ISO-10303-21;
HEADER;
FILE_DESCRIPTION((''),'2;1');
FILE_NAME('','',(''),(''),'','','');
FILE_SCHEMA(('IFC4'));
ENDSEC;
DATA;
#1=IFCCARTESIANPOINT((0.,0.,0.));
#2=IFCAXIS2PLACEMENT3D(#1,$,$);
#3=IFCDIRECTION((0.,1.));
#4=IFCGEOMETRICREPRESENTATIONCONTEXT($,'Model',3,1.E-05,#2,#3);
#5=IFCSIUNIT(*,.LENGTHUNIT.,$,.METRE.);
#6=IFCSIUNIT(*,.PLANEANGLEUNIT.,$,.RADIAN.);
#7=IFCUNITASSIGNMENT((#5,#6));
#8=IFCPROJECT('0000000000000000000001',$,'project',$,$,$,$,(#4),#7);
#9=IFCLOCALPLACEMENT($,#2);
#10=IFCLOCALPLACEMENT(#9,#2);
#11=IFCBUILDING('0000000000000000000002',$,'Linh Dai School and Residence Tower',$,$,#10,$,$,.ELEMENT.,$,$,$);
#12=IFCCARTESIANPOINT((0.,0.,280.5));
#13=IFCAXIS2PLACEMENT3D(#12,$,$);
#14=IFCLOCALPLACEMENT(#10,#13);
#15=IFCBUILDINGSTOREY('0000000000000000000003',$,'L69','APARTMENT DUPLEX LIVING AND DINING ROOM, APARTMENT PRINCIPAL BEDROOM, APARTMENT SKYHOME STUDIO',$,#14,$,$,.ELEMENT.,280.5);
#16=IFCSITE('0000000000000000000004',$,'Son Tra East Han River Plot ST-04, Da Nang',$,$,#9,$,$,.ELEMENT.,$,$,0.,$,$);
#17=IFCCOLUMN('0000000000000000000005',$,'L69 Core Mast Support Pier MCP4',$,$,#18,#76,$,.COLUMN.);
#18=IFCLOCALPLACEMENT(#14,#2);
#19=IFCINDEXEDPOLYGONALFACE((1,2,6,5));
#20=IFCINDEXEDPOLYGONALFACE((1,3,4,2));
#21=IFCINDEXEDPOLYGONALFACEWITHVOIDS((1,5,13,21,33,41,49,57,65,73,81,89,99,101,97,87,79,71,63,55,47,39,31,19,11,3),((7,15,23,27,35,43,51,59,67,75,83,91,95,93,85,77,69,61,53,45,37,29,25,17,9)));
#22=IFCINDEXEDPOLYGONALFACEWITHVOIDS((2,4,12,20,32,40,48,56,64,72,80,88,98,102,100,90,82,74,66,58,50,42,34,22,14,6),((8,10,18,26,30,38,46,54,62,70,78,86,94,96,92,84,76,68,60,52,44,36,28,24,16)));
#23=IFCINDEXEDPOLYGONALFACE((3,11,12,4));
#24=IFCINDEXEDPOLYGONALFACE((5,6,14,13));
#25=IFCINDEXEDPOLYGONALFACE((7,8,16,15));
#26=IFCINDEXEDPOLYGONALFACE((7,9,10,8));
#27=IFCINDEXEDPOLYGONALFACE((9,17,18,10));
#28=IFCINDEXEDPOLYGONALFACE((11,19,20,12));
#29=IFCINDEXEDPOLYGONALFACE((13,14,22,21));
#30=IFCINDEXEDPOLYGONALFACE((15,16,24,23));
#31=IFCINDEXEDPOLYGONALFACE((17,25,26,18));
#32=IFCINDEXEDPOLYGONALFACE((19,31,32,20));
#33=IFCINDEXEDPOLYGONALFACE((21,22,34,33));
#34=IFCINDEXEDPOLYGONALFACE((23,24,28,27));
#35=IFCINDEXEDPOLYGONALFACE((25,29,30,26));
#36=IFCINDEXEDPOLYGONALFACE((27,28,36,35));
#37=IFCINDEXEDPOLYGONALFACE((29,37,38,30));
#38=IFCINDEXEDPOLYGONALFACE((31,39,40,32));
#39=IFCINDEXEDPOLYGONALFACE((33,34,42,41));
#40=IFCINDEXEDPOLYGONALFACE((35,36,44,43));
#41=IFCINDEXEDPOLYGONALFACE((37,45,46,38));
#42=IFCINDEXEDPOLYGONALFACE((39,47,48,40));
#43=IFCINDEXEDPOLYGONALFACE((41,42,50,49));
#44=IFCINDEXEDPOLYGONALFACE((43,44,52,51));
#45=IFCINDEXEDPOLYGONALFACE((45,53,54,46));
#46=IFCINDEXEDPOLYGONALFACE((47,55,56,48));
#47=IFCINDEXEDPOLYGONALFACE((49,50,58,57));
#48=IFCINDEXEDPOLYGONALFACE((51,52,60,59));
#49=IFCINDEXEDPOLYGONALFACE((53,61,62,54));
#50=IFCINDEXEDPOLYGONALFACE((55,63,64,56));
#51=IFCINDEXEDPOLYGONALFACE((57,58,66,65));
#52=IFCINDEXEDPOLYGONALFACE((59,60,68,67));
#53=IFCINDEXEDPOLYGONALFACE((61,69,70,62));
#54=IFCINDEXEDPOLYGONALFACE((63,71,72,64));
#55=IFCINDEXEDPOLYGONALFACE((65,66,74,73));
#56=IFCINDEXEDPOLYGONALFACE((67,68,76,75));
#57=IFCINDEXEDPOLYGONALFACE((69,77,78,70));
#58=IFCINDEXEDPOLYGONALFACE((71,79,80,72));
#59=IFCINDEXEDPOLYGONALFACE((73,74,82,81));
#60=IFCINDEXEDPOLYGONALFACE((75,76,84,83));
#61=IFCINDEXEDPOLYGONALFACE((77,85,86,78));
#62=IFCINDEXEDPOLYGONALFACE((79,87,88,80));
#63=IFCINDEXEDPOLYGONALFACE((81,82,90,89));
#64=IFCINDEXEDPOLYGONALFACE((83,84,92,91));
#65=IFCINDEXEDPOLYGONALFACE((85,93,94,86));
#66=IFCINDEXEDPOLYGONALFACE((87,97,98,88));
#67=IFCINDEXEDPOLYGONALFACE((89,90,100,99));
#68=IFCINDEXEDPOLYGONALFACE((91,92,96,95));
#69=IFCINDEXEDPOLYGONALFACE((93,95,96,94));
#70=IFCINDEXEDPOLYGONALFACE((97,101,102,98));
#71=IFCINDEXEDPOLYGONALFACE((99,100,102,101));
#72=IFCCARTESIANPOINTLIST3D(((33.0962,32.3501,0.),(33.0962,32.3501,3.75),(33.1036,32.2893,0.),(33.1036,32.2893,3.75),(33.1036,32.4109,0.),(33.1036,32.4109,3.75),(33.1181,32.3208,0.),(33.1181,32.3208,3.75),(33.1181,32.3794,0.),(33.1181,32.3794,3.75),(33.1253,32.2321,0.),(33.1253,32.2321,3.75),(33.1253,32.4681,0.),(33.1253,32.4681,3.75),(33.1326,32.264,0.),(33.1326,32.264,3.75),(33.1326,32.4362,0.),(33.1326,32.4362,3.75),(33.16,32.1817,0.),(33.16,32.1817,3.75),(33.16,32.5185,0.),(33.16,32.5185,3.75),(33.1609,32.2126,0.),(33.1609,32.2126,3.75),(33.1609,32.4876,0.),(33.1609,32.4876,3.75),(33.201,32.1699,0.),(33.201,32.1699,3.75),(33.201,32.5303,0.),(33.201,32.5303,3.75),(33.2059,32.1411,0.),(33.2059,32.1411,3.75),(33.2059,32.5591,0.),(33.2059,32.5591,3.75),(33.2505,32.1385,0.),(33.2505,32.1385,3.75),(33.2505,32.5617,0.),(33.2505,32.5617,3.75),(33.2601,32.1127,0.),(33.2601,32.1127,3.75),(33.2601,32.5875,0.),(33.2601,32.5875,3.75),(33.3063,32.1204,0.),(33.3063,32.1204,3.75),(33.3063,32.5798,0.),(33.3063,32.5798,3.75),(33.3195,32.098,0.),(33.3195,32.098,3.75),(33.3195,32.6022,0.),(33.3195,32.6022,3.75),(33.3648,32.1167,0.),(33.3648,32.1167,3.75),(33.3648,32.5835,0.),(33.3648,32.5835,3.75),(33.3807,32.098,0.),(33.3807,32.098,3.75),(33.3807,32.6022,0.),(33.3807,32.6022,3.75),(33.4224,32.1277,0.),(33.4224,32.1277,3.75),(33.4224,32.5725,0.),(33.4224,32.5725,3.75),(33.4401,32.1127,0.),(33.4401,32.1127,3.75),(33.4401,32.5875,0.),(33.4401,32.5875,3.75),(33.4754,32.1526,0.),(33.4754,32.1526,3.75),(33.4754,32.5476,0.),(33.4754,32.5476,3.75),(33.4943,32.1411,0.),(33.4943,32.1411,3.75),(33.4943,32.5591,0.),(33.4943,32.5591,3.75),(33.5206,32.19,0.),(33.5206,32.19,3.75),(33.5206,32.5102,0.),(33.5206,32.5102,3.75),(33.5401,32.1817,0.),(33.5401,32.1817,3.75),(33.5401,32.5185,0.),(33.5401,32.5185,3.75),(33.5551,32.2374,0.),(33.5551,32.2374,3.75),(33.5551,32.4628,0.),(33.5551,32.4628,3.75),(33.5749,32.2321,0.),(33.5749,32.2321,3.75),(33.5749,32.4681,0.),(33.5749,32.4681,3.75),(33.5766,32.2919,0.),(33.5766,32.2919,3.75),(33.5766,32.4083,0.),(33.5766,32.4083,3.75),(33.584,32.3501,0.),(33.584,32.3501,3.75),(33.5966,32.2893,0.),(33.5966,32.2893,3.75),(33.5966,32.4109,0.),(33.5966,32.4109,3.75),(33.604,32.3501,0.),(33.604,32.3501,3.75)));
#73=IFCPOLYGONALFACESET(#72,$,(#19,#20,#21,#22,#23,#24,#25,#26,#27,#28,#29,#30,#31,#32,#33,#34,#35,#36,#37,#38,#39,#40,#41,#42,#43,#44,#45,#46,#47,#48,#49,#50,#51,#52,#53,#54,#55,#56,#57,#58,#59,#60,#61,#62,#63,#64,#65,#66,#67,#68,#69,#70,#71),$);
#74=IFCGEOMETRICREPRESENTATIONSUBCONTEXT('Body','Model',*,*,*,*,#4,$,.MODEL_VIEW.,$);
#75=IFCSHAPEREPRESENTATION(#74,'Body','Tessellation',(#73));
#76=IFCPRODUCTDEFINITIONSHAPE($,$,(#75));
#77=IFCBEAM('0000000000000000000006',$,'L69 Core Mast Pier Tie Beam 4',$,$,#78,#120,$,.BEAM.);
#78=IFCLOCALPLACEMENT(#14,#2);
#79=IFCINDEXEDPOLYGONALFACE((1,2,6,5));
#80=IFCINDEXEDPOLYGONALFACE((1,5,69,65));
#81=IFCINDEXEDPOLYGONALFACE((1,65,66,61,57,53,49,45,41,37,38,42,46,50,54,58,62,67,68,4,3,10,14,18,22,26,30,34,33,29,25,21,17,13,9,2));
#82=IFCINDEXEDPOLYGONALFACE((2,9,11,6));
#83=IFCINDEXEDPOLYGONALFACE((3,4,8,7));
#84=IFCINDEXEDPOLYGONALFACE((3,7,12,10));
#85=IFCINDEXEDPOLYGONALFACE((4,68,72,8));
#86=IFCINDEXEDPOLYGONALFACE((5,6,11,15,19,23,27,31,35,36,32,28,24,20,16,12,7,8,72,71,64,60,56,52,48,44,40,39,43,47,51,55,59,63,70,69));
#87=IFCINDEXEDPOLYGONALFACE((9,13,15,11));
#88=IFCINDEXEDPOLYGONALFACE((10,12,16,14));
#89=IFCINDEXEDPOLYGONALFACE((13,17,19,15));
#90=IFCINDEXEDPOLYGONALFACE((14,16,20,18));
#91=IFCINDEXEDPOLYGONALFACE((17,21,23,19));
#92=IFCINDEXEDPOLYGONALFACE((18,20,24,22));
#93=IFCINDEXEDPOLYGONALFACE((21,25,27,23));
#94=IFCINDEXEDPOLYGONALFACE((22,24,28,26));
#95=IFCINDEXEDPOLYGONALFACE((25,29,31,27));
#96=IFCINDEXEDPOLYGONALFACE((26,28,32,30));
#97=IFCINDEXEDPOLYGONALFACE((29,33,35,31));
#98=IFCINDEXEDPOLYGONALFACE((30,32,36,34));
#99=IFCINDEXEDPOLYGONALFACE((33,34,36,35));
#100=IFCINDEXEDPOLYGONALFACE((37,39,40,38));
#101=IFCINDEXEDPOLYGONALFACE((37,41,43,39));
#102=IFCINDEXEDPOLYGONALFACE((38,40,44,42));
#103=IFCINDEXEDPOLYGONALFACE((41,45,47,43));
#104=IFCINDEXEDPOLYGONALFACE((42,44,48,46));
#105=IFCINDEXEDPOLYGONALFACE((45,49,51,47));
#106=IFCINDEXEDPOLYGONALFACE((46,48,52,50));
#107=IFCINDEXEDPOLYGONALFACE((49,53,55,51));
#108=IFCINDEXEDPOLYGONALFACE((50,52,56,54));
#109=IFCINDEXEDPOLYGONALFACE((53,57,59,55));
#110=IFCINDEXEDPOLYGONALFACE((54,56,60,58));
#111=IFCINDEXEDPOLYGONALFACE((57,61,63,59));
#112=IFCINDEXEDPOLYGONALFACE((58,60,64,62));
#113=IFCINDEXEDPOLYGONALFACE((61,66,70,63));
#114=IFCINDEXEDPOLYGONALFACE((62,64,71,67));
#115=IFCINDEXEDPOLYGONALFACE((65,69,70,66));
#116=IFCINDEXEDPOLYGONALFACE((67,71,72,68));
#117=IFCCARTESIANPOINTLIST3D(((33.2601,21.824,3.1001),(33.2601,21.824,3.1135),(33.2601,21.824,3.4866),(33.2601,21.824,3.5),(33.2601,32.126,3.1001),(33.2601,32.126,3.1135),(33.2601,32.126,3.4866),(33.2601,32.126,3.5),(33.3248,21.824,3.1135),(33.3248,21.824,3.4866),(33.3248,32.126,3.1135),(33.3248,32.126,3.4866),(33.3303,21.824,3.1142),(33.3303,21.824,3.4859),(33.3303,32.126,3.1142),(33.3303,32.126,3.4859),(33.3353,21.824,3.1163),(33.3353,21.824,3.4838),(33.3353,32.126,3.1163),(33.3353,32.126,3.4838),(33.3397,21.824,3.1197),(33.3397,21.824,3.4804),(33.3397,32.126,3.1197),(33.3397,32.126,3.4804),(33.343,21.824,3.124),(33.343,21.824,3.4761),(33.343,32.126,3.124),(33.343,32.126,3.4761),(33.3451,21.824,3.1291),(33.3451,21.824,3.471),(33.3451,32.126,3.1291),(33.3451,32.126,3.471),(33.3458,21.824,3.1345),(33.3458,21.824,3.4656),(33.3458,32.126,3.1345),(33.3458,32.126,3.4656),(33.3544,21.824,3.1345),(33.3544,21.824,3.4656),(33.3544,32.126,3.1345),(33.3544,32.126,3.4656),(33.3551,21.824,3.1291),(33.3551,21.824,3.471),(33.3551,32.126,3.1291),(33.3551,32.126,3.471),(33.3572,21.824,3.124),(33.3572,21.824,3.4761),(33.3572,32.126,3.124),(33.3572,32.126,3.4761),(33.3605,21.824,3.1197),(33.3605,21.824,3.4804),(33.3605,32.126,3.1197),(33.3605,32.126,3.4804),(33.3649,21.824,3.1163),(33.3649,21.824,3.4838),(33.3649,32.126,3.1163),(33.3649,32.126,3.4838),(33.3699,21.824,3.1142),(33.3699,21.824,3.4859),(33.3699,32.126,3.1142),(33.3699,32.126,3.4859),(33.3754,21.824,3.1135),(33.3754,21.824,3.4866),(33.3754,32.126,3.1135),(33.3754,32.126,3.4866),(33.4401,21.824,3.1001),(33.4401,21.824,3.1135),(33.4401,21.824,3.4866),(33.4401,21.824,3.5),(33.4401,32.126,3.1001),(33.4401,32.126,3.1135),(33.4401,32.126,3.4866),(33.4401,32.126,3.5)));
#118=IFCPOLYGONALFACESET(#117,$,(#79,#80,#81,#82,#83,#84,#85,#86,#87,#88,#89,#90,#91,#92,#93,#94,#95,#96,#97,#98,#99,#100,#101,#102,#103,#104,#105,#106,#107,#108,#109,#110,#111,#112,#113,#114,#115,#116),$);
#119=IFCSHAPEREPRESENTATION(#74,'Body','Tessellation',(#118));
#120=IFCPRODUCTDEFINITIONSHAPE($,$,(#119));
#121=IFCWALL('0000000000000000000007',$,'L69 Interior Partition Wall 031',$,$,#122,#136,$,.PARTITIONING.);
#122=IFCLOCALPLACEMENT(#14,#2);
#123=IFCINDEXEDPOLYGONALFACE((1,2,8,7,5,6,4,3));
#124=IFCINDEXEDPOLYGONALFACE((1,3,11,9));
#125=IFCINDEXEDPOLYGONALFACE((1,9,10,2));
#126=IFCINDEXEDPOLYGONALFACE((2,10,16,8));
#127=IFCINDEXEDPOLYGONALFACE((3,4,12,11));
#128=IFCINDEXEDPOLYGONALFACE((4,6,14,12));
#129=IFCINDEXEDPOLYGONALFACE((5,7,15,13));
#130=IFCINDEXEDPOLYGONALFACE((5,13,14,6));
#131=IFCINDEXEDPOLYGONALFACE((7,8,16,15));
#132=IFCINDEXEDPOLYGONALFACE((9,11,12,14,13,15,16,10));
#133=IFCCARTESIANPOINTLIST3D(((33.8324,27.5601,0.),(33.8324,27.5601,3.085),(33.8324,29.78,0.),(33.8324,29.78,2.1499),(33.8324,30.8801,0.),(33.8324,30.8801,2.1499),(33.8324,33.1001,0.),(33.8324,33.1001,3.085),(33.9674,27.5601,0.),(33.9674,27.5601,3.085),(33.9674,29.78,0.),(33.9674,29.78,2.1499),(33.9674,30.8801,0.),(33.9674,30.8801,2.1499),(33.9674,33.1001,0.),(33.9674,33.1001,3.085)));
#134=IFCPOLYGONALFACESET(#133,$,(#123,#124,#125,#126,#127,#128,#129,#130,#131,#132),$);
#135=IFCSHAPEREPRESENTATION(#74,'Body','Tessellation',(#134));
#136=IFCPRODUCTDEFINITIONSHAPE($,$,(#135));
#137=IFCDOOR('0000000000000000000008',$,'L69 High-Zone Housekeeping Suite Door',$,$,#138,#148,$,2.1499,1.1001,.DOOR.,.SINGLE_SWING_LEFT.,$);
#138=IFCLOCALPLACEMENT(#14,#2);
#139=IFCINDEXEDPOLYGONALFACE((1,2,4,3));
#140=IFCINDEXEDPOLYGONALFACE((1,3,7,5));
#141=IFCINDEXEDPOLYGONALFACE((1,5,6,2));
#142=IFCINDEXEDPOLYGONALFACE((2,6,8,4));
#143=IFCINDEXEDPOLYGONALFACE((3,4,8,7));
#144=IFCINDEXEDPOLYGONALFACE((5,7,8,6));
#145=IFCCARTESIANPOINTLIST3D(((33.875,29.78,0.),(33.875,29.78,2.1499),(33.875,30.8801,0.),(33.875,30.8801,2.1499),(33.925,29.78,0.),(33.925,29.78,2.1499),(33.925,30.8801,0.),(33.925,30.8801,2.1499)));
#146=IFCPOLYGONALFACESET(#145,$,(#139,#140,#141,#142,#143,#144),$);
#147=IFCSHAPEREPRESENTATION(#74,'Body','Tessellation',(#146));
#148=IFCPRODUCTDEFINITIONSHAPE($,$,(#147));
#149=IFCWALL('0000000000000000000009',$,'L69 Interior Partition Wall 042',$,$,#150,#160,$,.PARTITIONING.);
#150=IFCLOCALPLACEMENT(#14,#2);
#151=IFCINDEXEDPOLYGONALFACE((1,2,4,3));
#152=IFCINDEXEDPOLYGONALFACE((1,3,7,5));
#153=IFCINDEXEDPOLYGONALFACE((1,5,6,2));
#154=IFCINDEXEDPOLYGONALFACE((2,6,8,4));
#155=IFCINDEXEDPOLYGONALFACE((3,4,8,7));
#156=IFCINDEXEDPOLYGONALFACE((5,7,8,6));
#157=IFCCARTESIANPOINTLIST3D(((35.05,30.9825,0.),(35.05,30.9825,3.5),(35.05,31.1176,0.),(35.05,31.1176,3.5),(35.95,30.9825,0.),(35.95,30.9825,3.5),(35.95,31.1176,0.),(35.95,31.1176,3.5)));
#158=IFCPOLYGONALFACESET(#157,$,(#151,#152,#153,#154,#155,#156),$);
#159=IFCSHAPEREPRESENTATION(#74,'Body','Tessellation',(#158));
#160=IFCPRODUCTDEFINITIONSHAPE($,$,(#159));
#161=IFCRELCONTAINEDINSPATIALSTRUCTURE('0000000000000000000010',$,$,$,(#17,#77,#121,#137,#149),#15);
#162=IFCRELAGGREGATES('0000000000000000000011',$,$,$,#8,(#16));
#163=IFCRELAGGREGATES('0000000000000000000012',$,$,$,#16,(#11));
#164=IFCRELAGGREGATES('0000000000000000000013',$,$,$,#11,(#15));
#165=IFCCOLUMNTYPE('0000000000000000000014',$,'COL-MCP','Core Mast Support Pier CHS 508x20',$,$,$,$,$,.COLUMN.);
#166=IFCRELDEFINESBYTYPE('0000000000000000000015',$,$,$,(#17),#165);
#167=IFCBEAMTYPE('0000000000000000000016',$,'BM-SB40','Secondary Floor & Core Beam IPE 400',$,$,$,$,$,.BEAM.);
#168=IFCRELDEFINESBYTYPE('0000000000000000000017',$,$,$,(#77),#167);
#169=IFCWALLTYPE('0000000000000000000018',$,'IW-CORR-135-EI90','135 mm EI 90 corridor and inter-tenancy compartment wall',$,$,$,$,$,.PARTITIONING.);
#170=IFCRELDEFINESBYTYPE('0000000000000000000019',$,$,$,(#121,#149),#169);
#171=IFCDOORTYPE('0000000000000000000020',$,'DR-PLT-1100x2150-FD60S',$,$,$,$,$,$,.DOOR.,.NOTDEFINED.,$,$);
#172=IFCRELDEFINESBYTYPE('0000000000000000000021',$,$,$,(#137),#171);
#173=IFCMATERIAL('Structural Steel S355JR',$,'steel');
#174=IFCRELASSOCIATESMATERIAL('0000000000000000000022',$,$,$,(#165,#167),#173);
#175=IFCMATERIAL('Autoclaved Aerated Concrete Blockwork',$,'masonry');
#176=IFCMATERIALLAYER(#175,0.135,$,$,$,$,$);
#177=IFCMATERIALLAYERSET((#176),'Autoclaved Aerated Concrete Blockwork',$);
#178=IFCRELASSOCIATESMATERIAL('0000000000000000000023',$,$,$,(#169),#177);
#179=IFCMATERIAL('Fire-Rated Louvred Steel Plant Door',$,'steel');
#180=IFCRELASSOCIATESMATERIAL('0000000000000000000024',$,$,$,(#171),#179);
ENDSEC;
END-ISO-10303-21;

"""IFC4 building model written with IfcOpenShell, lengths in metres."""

from ifc_helpers import new_model, si_unit, direction, frame, frame_2d, origin, origin_2d, place, context, subcontext, project, spatial, rectangle, hollow_circle, i_section, extrude, source, transform, mapped, material, layer, layer_set, material_profile, profile_set, type_object, element, fill, save


model = new_model("IFC4")

# Units and contexts
model_context = context("Model", 3, precision=1e-05, world=origin(), true_north=direction((0.0, 1.0)))
body_context = subcontext(model_context, "Body", "Model", "MODEL_VIEW")
ifc_project = project(units=[si_unit("LENGTHUNIT", "METRE"), si_unit("PLANEANGLEUNIT", "RADIAN")], contexts=[model_context])

# Site, building, storey
site_placement = place(None, origin())
site = spatial("IfcSite", under=ifc_project, at=site_placement, Name="Son Tra East Han River Plot ST-04, Da Nang", CompositionType="ELEMENT", RefElevation=0.0)
building_placement = place(site_placement, origin())
building = spatial("IfcBuilding", under=site, at=building_placement, Name="Linh Dai School and Residence Tower", CompositionType="ELEMENT")
storey_placement = place(building_placement, frame((0.0, 0.0, 280.5)))
storey = spatial("IfcBuildingStorey", under=building, at=storey_placement, Name="L69", Description="APARTMENT DUPLEX LIVING AND DINING ROOM, APARTMENT PRINCIPAL BEDROOM, APARTMENT SKYHOME STUDIO", CompositionType="ELEMENT", Elevation=280.5)

# Column
ifc_material_1 = material(Name="Structural Steel S355JR", Category="steel")
ifc_material_profile_1 = material_profile(ifc_material_1, hollow_circle(Radius=0.2539, WallThickness=0.02, at=origin_2d()), Name="CHS 508x20")
ifc_profile_set_1 = profile_set([ifc_material_profile_1], Name="Structural Steel S355JR")
column_type = type_object("IfcColumnType", Name="COL-MCP", Description="Core Mast Support Pier CHS 508x20", PredefinedType="COLUMN", material=ifc_profile_set_1)
column_placement = place(storey_placement, frame((33.3501, 32.3501, 0.0), z_axis=(0.0, 0.0, 1.0), x_axis=(1.0, 0.0, 0.0)))
element("IfcColumn", 1, at=column_placement, inside=storey, type_object=column_type, Name="L69 Core Mast Support Pier MCP4", PredefinedType="COLUMN", context=body_context, shape_type="SweptSolid", body=[
    extrude(hollow_circle(Radius=0.2539, WallThickness=0.02, at=origin_2d()), origin(), (0.0, 0.0, 1.0), 3.75),
])

# Beam
ifc_material_profile_2 = material_profile(ifc_material_1, i_section(OverallWidth=0.1799, OverallDepth=0.3999, WebThickness=0.0085, FlangeThickness=0.0134, FilletRadius=0.021, at=origin_2d()), Name="IPE 400")
ifc_profile_set_2 = profile_set([ifc_material_profile_2], Name="Structural Steel S355JR")
beam_type = type_object("IfcBeamType", Name="BM-SB40", Description="Secondary Floor & Core Beam IPE 400", PredefinedType="BEAM", material=ifc_profile_set_2)
beam_placement = place(storey_placement, frame((33.3501, 32.126, 3.3), z_axis=(0.0, -1.0, 0.0), x_axis=(1.0, 0.0, 0.0)))
element("IfcBeam", 2, at=beam_placement, inside=storey, type_object=beam_type, Name="L69 Core Mast Pier Tie Beam 4", PredefinedType="BEAM", context=body_context, shape_type="SweptSolid", body=[
    extrude(i_section(OverallWidth=0.1799, OverallDepth=0.3999, WebThickness=0.0085, FlangeThickness=0.0134, FilletRadius=0.021, at=origin_2d()), origin(), (0.0, 0.0, 1.0), 10.302),
])

# Wall, opening, door
ifc_material_2 = material(Name="Autoclaved Aerated Concrete Blockwork", Category="masonry")
ifc_layer_1 = layer(ifc_material_2, 0.135)
ifc_layer_set_1 = layer_set([ifc_layer_1], Name="Autoclaved Aerated Concrete Blockwork")
wall_type_1 = type_object("IfcWallType", Name="IW-CORR-135-EI90", Description="135 mm EI 90 corridor and inter-tenancy compartment wall", PredefinedType="PARTITIONING", material=ifc_layer_set_1)
wall_1_placement = place(storey_placement, frame((33.8999, 27.5601, 0.0), z_axis=(0.0, 0.0, 1.0), x_axis=(0.0, 1.0, 0.0)))
wall_1 = element("IfcWall", 3, at=wall_1_placement, inside=storey, type_object=wall_type_1, Name="L69 Interior Partition Wall 031", PredefinedType="PARTITIONING", context=body_context, shape_type="SweptSolid", body=[
    extrude(rectangle(XDim=5.54, YDim=0.135, at=frame_2d((2.77, 0.0))), origin(), (0.0, 0.0, 1.0), 3.085),
])
opening_1_placement = place(wall_1_placement, frame((2.22, 0.0, 0.0)))
opening_1 = element("IfcOpeningElement", 4, at=opening_1_placement, cuts=wall_1, PredefinedType="OPENING", context=body_context, shape_type="SweptSolid", body=[
    extrude(rectangle(XDim=1.1001, YDim=2.1499, at=origin_2d()), frame((0.55, 0.0776, 1.075), z_axis=(0.0, -1.0, 0.0), x_axis=(1.0, 0.0, 0.0)), (0.0, 0.0, 1.0), 0.155),
])
ifc_material_3 = material(Name="Fire-Rated Louvred Steel Plant Door", Category="steel")
door_type_1 = type_object("IfcDoorType", Name="DR-PLT-1100x2150-FD60S", OperationType="NOTDEFINED", PredefinedType="DOOR", material=ifc_material_3)
shared_shape_1 = source(origin(), body_context, "Body", "SweptSolid", [
    extrude(rectangle(XDim=1.1001, YDim=2.1499, at=origin_2d()), frame((0.55, 0.0249, 1.075), z_axis=(0.0, -1.0, 0.0), x_axis=(1.0, 0.0, 0.0)), (0.0, 0.0, 1.0), 0.05),
])
door_1_placement = place(opening_1_placement, origin())
door_1 = element("IfcDoor", 5, at=door_1_placement, inside=storey, type_object=door_type_1, Name="L69 High-Zone Housekeeping Suite Door", OperationType="SINGLE_SWING_LEFT", OverallHeight=2.1499, OverallWidth=1.1001, PredefinedType="DOOR", context=body_context, shape_type="MappedRepresentation", body=[
    mapped(shared_shape_1, transform((0.0, 0.0, 0.0), x_axis=(1.0, 0.0, 0.0), y_axis=(0.0, 1.0, 0.0), z_axis=(0.0, 0.0, 1.0), scale=1.0)),
])
fill(opening_1, door_1)

# Wall
wall_2_placement = place(storey_placement, frame((35.05, 31.05, 0.0), z_axis=(0.0, 0.0, 1.0), x_axis=(1.0, 0.0, 0.0)))
element("IfcWall", 6, at=wall_2_placement, inside=storey, type_object=wall_type_1, Name="L69 Interior Partition Wall 042", PredefinedType="PARTITIONING", context=body_context, shape_type="SweptSolid", body=[
    extrude(rectangle(XDim=0.8999, YDim=0.135, at=frame_2d((0.45, 0.0))), origin(), (0.0, 0.0, 1.0), 3.5),
])

save(model, "model.ifc")
